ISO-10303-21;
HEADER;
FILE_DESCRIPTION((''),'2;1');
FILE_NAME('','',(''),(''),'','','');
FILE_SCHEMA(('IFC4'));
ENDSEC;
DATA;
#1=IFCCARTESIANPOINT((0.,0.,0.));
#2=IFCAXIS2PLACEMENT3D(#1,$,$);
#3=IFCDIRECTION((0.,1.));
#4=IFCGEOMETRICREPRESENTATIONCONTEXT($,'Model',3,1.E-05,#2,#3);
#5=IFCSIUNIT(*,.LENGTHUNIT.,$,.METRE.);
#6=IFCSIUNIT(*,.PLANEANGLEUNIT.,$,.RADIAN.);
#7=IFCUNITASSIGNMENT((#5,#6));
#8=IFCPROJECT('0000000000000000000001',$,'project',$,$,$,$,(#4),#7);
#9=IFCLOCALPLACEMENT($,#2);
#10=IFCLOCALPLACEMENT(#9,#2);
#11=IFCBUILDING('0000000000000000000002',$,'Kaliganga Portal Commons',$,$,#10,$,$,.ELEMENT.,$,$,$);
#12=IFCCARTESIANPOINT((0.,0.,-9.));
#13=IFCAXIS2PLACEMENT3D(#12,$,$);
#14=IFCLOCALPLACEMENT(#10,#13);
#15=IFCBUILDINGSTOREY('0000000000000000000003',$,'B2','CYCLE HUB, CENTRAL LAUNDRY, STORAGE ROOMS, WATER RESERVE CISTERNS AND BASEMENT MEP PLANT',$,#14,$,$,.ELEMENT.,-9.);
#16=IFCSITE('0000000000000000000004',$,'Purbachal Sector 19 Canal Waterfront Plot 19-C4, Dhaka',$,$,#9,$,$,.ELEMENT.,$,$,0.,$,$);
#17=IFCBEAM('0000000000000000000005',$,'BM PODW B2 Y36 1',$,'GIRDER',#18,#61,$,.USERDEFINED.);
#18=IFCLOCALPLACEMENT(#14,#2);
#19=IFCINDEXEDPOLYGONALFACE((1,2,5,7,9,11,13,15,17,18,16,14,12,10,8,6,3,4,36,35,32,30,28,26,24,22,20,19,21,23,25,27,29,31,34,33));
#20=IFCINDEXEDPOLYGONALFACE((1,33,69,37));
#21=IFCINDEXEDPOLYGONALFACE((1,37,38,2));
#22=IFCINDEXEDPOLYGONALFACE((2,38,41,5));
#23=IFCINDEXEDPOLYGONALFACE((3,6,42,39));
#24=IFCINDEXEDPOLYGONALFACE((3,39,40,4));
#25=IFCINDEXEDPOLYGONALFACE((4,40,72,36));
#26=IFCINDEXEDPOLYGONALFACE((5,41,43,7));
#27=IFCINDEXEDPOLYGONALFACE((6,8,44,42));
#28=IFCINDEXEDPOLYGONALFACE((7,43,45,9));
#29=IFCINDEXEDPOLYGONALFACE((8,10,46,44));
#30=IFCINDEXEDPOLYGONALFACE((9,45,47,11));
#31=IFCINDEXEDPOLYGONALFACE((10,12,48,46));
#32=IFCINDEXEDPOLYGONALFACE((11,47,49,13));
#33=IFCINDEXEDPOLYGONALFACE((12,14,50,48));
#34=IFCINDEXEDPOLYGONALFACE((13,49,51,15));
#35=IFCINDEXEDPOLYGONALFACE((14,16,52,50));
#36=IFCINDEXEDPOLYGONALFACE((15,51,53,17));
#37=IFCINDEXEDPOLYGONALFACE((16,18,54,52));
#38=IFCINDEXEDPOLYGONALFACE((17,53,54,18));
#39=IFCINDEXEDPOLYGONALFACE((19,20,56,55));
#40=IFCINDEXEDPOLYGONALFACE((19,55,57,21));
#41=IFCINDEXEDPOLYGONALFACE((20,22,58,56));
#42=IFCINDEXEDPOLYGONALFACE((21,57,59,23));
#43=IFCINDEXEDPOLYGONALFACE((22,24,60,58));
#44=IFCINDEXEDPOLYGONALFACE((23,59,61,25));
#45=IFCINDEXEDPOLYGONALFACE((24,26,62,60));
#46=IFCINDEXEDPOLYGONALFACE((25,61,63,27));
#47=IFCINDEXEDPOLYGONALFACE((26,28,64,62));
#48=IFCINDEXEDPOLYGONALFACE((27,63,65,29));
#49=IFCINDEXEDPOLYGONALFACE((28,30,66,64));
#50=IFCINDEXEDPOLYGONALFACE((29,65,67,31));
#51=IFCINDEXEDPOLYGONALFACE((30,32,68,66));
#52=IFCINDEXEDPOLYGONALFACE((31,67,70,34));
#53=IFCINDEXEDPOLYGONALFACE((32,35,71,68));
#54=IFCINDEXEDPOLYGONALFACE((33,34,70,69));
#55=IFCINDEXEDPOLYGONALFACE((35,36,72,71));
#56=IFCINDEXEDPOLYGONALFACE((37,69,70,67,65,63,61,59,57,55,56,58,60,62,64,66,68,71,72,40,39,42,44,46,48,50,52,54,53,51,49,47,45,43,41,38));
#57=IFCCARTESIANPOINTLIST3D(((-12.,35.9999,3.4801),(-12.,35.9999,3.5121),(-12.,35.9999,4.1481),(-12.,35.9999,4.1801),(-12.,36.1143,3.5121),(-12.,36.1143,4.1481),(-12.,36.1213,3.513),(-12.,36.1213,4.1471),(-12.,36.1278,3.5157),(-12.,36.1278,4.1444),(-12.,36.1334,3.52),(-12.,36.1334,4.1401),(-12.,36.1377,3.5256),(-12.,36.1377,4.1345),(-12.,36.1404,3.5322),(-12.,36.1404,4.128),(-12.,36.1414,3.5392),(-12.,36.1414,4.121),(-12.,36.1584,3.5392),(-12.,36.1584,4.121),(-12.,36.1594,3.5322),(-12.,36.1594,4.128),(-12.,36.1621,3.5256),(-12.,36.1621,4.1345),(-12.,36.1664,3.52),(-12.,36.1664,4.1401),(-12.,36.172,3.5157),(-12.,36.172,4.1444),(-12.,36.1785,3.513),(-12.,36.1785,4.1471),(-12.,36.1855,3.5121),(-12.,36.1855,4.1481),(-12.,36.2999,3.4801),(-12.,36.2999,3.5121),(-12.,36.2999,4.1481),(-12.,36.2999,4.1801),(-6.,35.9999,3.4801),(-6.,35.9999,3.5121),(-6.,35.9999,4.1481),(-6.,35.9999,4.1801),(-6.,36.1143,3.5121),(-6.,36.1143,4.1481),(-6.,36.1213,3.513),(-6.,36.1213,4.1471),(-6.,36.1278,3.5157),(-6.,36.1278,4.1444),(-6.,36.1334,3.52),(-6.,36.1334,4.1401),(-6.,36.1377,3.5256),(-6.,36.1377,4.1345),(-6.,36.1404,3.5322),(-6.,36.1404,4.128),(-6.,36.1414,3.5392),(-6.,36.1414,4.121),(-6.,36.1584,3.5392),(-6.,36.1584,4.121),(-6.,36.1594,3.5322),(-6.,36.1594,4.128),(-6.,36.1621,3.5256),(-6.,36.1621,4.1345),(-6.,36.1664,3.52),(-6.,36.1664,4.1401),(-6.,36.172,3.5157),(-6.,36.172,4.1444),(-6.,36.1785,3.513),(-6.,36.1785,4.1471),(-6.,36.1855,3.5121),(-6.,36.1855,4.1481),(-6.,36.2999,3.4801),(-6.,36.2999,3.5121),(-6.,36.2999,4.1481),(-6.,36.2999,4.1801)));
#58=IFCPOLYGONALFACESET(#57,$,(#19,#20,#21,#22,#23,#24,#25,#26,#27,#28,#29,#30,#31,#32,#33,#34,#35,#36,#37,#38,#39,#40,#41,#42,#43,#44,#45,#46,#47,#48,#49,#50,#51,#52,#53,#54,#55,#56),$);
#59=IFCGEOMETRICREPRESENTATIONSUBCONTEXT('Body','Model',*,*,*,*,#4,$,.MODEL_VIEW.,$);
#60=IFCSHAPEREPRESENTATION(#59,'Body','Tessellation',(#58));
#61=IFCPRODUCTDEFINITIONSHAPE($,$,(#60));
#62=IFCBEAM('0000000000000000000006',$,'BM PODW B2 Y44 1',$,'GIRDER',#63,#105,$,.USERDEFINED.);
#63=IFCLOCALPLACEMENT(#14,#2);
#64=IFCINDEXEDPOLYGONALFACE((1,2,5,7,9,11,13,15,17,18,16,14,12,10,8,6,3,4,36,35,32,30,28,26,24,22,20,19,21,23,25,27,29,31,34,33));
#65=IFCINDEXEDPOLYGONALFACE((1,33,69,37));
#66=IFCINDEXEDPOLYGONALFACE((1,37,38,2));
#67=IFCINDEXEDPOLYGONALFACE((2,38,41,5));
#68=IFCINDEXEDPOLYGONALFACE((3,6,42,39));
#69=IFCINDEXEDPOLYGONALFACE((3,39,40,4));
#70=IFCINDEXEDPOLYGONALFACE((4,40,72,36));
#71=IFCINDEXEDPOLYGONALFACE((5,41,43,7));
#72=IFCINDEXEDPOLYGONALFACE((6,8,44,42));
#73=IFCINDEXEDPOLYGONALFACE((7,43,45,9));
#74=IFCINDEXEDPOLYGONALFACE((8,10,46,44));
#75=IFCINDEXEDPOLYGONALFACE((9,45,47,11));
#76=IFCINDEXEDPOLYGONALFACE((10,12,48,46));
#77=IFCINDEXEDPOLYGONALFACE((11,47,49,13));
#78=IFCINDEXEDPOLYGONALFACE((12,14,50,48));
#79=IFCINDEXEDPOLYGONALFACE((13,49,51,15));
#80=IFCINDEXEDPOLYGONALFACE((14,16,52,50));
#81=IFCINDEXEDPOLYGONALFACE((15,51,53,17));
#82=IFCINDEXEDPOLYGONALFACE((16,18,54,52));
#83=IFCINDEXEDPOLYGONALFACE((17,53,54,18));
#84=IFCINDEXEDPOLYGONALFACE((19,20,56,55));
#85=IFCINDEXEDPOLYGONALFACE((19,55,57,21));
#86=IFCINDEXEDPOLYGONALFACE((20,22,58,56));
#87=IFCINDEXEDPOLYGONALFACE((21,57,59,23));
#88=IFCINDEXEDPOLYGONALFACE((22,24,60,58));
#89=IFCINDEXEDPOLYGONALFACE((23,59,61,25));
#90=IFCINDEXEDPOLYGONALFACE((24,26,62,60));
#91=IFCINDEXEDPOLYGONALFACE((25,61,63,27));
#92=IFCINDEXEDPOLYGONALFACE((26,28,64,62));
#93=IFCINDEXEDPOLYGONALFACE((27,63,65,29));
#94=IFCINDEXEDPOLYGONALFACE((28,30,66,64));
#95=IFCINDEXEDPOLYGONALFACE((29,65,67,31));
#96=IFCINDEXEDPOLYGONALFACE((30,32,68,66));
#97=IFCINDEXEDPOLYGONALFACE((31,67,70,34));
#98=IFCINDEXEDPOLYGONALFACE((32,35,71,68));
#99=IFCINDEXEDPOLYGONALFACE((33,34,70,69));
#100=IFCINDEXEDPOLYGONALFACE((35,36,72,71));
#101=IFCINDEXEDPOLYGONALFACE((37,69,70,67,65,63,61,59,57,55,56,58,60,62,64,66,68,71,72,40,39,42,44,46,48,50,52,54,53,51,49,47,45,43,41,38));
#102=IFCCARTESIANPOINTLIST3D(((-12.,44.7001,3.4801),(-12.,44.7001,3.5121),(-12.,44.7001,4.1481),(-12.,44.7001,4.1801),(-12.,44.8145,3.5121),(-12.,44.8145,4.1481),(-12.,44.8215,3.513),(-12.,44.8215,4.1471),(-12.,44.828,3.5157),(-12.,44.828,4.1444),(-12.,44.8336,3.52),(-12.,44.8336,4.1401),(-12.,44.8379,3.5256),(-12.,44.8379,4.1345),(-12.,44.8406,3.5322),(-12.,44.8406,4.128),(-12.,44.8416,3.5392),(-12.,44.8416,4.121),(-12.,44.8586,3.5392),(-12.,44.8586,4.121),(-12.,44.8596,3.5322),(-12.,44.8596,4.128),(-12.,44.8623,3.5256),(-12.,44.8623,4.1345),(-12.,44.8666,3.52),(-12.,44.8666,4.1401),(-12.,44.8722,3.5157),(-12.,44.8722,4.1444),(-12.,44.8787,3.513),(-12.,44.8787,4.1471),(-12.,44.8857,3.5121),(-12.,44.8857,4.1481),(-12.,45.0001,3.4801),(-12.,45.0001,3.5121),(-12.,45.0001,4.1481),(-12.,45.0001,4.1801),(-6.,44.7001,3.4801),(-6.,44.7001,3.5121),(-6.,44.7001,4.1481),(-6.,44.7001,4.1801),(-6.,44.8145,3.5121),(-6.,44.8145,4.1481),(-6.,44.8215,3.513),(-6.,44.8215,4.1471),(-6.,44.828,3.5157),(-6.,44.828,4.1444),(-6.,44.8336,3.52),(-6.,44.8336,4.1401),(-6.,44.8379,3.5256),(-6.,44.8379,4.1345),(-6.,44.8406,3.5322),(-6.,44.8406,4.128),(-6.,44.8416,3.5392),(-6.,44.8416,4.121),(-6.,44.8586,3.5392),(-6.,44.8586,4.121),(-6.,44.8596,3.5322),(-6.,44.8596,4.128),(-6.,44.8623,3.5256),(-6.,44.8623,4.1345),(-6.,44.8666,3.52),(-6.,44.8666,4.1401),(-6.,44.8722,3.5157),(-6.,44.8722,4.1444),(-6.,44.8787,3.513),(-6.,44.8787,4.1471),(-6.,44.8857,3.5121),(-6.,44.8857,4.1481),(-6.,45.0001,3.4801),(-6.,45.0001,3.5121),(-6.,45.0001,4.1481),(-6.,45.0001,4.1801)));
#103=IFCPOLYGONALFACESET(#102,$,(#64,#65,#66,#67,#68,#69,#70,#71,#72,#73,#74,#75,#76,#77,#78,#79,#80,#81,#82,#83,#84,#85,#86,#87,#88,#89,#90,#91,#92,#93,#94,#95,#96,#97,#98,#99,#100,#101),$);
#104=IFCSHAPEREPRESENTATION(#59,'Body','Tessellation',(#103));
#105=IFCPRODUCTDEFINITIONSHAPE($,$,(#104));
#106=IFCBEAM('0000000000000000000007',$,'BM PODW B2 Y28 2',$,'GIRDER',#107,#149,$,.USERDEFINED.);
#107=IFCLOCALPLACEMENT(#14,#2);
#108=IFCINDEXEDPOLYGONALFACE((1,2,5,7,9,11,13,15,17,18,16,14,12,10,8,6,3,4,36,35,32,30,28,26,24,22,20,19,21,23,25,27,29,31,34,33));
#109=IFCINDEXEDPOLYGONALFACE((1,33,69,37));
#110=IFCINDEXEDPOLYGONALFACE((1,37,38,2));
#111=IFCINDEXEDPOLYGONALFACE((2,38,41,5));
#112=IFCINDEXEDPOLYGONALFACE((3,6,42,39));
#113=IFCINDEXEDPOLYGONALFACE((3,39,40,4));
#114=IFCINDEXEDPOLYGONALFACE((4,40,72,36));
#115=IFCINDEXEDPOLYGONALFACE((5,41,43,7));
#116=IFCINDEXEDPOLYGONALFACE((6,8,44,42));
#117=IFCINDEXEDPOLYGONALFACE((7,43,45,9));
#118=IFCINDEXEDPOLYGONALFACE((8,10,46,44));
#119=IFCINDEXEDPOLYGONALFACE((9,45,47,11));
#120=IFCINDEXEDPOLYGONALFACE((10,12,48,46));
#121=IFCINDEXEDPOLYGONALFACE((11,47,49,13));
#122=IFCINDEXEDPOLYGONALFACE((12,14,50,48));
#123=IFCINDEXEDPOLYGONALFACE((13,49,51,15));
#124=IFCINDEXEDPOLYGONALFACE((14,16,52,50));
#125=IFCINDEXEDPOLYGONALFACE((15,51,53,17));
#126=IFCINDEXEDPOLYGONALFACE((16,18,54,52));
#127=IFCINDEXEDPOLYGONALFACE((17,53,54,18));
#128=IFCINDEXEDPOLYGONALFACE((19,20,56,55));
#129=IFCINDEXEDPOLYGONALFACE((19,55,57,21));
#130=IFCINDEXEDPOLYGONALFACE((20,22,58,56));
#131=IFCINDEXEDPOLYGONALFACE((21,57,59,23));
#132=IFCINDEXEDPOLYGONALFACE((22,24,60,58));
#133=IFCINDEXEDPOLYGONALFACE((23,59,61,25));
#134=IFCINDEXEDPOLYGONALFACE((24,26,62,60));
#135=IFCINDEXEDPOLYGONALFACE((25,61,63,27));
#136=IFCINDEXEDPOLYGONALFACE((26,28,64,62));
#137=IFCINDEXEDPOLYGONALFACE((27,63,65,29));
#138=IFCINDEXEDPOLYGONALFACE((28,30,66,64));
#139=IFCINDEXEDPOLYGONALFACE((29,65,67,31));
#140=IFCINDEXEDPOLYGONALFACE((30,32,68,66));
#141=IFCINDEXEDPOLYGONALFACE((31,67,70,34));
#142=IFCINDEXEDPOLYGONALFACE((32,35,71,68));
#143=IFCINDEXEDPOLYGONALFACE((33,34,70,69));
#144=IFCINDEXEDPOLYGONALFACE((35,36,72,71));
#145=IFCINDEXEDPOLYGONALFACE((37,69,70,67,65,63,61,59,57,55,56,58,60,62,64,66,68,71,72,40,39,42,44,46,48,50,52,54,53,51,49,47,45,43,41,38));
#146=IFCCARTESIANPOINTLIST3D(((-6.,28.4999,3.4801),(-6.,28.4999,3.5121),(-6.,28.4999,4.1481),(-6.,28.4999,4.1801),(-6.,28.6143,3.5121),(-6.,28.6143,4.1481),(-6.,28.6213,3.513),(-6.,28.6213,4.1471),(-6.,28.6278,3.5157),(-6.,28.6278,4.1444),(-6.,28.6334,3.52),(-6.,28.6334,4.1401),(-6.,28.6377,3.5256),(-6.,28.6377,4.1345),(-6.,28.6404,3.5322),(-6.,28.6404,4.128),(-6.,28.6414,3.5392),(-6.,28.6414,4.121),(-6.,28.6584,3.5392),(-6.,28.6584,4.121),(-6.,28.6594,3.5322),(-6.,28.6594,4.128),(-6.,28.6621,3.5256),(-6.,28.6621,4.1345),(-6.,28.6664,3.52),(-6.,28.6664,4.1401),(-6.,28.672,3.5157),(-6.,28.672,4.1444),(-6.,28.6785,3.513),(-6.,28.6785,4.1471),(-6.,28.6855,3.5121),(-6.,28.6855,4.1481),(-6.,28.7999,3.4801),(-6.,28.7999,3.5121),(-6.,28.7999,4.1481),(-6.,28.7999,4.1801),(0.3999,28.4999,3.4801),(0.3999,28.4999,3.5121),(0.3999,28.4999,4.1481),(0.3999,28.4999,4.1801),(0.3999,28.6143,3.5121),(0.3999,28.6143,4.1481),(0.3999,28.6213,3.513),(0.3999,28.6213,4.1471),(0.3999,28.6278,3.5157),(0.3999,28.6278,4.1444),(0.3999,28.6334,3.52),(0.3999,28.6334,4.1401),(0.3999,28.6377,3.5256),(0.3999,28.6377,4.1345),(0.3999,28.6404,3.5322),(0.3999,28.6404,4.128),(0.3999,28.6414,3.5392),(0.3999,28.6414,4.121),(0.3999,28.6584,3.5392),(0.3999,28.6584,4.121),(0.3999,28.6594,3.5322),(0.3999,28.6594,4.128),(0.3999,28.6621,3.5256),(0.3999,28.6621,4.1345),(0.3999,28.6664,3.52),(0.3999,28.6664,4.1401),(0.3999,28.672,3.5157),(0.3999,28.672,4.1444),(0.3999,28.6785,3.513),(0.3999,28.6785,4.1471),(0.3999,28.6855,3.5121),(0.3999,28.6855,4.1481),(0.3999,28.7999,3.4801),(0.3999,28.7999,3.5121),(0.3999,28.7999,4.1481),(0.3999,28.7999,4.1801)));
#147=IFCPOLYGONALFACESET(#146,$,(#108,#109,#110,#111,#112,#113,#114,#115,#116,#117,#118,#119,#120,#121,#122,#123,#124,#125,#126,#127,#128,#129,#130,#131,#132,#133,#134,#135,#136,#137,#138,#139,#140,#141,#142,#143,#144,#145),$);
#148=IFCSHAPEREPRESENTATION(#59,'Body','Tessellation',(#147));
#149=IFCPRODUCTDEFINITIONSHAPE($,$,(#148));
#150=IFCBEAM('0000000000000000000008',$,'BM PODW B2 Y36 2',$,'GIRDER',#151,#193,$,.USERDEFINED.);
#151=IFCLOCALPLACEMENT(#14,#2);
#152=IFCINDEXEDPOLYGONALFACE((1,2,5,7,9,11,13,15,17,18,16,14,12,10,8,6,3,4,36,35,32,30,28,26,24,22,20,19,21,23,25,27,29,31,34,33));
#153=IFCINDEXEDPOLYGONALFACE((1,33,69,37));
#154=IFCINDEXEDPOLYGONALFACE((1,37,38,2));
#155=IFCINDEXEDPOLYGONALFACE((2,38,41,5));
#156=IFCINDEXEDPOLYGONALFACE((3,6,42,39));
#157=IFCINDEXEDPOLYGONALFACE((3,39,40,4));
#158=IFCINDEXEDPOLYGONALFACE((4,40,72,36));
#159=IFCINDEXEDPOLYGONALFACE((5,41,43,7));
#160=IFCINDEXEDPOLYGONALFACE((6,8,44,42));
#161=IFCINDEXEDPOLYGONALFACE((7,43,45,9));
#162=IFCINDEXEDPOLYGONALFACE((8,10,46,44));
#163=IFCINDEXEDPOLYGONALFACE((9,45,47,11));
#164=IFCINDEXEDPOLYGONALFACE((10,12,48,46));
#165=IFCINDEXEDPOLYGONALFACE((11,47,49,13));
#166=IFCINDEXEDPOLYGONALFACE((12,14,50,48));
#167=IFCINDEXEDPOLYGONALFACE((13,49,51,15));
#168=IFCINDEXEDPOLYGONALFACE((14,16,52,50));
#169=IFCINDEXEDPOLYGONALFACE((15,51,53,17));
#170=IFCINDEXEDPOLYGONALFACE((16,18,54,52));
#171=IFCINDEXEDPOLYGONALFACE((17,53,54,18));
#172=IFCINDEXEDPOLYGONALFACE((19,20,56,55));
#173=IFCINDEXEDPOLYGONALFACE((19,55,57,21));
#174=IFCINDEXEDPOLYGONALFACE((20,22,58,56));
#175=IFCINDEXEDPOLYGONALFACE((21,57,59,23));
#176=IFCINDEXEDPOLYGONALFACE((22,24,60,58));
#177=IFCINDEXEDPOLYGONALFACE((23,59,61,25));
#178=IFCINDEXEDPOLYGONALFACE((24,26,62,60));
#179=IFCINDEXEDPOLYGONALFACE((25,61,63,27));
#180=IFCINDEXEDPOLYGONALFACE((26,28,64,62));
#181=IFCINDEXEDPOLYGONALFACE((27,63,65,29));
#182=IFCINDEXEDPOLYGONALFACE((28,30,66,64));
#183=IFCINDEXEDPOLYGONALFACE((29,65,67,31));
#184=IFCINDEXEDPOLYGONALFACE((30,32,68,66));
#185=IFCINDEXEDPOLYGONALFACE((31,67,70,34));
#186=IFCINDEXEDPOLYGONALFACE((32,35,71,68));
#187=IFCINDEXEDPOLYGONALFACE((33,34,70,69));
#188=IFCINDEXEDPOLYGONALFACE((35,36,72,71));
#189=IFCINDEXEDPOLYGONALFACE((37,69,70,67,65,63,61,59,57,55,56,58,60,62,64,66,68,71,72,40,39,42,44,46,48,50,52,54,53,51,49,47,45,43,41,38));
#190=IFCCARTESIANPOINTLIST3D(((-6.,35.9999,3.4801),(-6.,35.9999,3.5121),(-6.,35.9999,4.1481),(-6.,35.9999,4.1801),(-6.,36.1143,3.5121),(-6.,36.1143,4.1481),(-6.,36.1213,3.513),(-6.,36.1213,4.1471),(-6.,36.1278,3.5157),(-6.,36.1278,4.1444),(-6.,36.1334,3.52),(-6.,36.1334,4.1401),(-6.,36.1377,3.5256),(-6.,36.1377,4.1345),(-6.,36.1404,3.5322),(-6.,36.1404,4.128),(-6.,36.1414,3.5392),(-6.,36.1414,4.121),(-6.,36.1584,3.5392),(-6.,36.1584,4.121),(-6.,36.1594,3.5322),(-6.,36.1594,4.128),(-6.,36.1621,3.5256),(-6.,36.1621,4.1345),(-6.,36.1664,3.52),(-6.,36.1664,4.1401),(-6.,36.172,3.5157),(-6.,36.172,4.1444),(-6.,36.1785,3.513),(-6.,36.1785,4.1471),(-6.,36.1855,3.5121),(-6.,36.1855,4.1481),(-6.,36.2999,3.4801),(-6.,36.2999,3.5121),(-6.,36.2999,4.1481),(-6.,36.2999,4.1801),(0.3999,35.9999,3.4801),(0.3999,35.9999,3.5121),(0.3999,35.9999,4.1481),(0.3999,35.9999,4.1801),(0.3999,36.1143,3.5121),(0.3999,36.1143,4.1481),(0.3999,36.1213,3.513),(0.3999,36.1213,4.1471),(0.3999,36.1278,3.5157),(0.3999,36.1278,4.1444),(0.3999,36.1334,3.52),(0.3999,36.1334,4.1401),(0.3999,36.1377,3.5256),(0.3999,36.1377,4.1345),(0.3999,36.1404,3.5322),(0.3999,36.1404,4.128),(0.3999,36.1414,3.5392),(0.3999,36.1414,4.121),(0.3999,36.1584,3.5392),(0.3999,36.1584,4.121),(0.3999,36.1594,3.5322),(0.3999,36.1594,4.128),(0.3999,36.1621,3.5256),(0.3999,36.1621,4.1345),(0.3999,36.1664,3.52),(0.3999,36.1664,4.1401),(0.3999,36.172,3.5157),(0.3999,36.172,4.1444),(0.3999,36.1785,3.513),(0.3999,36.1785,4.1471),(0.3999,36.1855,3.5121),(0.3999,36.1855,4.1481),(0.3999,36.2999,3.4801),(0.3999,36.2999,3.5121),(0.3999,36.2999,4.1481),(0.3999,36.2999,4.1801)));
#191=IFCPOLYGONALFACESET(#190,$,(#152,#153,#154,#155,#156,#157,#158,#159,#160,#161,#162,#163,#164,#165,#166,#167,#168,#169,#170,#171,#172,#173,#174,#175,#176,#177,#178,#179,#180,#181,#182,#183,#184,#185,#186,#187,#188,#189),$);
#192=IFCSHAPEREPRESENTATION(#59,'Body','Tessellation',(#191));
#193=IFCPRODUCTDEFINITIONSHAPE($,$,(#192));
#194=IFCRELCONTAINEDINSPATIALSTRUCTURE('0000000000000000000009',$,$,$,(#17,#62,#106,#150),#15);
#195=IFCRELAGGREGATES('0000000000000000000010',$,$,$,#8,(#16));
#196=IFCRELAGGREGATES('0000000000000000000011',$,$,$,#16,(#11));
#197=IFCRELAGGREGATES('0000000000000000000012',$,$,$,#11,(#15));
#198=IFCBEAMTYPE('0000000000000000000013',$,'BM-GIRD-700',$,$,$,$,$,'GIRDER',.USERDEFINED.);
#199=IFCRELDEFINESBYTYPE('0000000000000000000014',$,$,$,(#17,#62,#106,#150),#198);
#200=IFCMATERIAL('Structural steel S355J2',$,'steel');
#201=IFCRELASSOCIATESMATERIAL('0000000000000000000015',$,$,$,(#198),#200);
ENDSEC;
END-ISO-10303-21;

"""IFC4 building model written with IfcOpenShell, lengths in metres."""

from ifc_helpers import new_model, si_unit, direction, frame, origin, origin_2d, place, context, subcontext, project, spatial, i_section, extrude, source, transform, mapped, material, material_profile, profile_set, type_object, element, save


model = new_model("IFC4")

# Units and contexts
model_context = context("Model", 3, precision=1e-05, world=origin(), true_north=direction((0.0, 1.0)))
body_context = subcontext(model_context, "Body", "Model", "MODEL_VIEW")
ifc_project = project(units=[si_unit("LENGTHUNIT", "METRE"), si_unit("PLANEANGLEUNIT", "RADIAN")], contexts=[model_context])

# Site, building, storey
site_placement = place(None, origin())
site = spatial("IfcSite", under=ifc_project, at=site_placement, Name="Purbachal Sector 19 Canal Waterfront Plot 19-C4, Dhaka", CompositionType="ELEMENT", RefElevation=0.0)
building_placement = place(site_placement, origin())
building = spatial("IfcBuilding", under=site, at=building_placement, Name="Kaliganga Portal Commons", CompositionType="ELEMENT")
storey_placement = place(building_placement, frame((0.0, 0.0, -9.0)))
storey = spatial("IfcBuildingStorey", under=building, at=storey_placement, Name="B2", Description="CYCLE HUB, CENTRAL LAUNDRY, STORAGE ROOMS, WATER RESERVE CISTERNS AND BASEMENT MEP PLANT", CompositionType="ELEMENT", Elevation=-9.0)

# Beams
ifc_material_1 = material(Name="Structural steel S355J2", Category="steel")
ifc_material_profile_1 = material_profile(ifc_material_1, i_section(OverallWidth=0.3, OverallDepth=0.7, WebThickness=0.0171, FlangeThickness=0.032, FilletRadius=0.0271, at=origin_2d()), Name="HE 700 B")
ifc_profile_set_1 = profile_set([ifc_material_profile_1], Name="Structural steel S355J2 wide-flange")
beam_type_1 = type_object("IfcBeamType", Name="BM-GIRD-700", ElementType="GIRDER", PredefinedType="USERDEFINED", material=ifc_profile_set_1)
shared_shape_1 = source(origin(), body_context, "Body", "SweptSolid", [
    extrude(i_section(OverallWidth=0.3, OverallDepth=0.7, WebThickness=0.0171, FlangeThickness=0.032, FilletRadius=0.0271, at=origin_2d()), origin(), (0.0, 0.0, 1.0), 6.0),
])
for number, where, z_axis, x_axis, name in (
    (1, (-12.0, 36.1499, 3.8301), (1.0, 0.0, 0.0), (0.0, 1.0, 0.0), "BM PODW B2 Y36 1"),
    (2, (-12.0, 44.8501, 3.8301), (1.0, 0.0, 0.0), (0.0, 1.0, 0.0), "BM PODW B2 Y44 1"),
):
    element("IfcBeam", number, at=place(storey_placement, frame(where, z_axis=z_axis, x_axis=x_axis)), inside=storey, type_object=beam_type_1, Name=name, ObjectType="GIRDER", PredefinedType="USERDEFINED", context=body_context, shape_type="MappedRepresentation", body=[
        mapped(shared_shape_1, transform((0.0, 0.0, 0.0), x_axis=(1.0, 0.0, 0.0), y_axis=(0.0, 1.0, 0.0), z_axis=(0.0, 0.0, 1.0), scale=1.0)),
    ])
shared_shape_2 = source(origin(), body_context, "Body", "SweptSolid", [
    extrude(i_section(OverallWidth=0.3, OverallDepth=0.7, WebThickness=0.0171, FlangeThickness=0.032, FilletRadius=0.0271, at=origin_2d()), origin(), (0.0, 0.0, 1.0), 6.3999),
])
for number, where, z_axis, x_axis, name in (
    (3, (-6.0, 28.6499, 3.8301), (1.0, 0.0, 0.0), (0.0, 1.0, 0.0), "BM PODW B2 Y28 2"),
    (4, (-6.0, 36.1499, 3.8301), (1.0, 0.0, 0.0), (0.0, 1.0, 0.0), "BM PODW B2 Y36 2"),
):
    element("IfcBeam", number, at=place(storey_placement, frame(where, z_axis=z_axis, x_axis=x_axis)), inside=storey, type_object=beam_type_1, Name=name, ObjectType="GIRDER", PredefinedType="USERDEFINED", context=body_context, shape_type="MappedRepresentation", body=[
        mapped(shared_shape_2, transform((0.0, 0.0, 0.0), x_axis=(1.0, 0.0, 0.0), y_axis=(0.0, 1.0, 0.0), z_axis=(0.0, 0.0, 1.0), scale=1.0)),
    ])

save(model, "model.ifc")
